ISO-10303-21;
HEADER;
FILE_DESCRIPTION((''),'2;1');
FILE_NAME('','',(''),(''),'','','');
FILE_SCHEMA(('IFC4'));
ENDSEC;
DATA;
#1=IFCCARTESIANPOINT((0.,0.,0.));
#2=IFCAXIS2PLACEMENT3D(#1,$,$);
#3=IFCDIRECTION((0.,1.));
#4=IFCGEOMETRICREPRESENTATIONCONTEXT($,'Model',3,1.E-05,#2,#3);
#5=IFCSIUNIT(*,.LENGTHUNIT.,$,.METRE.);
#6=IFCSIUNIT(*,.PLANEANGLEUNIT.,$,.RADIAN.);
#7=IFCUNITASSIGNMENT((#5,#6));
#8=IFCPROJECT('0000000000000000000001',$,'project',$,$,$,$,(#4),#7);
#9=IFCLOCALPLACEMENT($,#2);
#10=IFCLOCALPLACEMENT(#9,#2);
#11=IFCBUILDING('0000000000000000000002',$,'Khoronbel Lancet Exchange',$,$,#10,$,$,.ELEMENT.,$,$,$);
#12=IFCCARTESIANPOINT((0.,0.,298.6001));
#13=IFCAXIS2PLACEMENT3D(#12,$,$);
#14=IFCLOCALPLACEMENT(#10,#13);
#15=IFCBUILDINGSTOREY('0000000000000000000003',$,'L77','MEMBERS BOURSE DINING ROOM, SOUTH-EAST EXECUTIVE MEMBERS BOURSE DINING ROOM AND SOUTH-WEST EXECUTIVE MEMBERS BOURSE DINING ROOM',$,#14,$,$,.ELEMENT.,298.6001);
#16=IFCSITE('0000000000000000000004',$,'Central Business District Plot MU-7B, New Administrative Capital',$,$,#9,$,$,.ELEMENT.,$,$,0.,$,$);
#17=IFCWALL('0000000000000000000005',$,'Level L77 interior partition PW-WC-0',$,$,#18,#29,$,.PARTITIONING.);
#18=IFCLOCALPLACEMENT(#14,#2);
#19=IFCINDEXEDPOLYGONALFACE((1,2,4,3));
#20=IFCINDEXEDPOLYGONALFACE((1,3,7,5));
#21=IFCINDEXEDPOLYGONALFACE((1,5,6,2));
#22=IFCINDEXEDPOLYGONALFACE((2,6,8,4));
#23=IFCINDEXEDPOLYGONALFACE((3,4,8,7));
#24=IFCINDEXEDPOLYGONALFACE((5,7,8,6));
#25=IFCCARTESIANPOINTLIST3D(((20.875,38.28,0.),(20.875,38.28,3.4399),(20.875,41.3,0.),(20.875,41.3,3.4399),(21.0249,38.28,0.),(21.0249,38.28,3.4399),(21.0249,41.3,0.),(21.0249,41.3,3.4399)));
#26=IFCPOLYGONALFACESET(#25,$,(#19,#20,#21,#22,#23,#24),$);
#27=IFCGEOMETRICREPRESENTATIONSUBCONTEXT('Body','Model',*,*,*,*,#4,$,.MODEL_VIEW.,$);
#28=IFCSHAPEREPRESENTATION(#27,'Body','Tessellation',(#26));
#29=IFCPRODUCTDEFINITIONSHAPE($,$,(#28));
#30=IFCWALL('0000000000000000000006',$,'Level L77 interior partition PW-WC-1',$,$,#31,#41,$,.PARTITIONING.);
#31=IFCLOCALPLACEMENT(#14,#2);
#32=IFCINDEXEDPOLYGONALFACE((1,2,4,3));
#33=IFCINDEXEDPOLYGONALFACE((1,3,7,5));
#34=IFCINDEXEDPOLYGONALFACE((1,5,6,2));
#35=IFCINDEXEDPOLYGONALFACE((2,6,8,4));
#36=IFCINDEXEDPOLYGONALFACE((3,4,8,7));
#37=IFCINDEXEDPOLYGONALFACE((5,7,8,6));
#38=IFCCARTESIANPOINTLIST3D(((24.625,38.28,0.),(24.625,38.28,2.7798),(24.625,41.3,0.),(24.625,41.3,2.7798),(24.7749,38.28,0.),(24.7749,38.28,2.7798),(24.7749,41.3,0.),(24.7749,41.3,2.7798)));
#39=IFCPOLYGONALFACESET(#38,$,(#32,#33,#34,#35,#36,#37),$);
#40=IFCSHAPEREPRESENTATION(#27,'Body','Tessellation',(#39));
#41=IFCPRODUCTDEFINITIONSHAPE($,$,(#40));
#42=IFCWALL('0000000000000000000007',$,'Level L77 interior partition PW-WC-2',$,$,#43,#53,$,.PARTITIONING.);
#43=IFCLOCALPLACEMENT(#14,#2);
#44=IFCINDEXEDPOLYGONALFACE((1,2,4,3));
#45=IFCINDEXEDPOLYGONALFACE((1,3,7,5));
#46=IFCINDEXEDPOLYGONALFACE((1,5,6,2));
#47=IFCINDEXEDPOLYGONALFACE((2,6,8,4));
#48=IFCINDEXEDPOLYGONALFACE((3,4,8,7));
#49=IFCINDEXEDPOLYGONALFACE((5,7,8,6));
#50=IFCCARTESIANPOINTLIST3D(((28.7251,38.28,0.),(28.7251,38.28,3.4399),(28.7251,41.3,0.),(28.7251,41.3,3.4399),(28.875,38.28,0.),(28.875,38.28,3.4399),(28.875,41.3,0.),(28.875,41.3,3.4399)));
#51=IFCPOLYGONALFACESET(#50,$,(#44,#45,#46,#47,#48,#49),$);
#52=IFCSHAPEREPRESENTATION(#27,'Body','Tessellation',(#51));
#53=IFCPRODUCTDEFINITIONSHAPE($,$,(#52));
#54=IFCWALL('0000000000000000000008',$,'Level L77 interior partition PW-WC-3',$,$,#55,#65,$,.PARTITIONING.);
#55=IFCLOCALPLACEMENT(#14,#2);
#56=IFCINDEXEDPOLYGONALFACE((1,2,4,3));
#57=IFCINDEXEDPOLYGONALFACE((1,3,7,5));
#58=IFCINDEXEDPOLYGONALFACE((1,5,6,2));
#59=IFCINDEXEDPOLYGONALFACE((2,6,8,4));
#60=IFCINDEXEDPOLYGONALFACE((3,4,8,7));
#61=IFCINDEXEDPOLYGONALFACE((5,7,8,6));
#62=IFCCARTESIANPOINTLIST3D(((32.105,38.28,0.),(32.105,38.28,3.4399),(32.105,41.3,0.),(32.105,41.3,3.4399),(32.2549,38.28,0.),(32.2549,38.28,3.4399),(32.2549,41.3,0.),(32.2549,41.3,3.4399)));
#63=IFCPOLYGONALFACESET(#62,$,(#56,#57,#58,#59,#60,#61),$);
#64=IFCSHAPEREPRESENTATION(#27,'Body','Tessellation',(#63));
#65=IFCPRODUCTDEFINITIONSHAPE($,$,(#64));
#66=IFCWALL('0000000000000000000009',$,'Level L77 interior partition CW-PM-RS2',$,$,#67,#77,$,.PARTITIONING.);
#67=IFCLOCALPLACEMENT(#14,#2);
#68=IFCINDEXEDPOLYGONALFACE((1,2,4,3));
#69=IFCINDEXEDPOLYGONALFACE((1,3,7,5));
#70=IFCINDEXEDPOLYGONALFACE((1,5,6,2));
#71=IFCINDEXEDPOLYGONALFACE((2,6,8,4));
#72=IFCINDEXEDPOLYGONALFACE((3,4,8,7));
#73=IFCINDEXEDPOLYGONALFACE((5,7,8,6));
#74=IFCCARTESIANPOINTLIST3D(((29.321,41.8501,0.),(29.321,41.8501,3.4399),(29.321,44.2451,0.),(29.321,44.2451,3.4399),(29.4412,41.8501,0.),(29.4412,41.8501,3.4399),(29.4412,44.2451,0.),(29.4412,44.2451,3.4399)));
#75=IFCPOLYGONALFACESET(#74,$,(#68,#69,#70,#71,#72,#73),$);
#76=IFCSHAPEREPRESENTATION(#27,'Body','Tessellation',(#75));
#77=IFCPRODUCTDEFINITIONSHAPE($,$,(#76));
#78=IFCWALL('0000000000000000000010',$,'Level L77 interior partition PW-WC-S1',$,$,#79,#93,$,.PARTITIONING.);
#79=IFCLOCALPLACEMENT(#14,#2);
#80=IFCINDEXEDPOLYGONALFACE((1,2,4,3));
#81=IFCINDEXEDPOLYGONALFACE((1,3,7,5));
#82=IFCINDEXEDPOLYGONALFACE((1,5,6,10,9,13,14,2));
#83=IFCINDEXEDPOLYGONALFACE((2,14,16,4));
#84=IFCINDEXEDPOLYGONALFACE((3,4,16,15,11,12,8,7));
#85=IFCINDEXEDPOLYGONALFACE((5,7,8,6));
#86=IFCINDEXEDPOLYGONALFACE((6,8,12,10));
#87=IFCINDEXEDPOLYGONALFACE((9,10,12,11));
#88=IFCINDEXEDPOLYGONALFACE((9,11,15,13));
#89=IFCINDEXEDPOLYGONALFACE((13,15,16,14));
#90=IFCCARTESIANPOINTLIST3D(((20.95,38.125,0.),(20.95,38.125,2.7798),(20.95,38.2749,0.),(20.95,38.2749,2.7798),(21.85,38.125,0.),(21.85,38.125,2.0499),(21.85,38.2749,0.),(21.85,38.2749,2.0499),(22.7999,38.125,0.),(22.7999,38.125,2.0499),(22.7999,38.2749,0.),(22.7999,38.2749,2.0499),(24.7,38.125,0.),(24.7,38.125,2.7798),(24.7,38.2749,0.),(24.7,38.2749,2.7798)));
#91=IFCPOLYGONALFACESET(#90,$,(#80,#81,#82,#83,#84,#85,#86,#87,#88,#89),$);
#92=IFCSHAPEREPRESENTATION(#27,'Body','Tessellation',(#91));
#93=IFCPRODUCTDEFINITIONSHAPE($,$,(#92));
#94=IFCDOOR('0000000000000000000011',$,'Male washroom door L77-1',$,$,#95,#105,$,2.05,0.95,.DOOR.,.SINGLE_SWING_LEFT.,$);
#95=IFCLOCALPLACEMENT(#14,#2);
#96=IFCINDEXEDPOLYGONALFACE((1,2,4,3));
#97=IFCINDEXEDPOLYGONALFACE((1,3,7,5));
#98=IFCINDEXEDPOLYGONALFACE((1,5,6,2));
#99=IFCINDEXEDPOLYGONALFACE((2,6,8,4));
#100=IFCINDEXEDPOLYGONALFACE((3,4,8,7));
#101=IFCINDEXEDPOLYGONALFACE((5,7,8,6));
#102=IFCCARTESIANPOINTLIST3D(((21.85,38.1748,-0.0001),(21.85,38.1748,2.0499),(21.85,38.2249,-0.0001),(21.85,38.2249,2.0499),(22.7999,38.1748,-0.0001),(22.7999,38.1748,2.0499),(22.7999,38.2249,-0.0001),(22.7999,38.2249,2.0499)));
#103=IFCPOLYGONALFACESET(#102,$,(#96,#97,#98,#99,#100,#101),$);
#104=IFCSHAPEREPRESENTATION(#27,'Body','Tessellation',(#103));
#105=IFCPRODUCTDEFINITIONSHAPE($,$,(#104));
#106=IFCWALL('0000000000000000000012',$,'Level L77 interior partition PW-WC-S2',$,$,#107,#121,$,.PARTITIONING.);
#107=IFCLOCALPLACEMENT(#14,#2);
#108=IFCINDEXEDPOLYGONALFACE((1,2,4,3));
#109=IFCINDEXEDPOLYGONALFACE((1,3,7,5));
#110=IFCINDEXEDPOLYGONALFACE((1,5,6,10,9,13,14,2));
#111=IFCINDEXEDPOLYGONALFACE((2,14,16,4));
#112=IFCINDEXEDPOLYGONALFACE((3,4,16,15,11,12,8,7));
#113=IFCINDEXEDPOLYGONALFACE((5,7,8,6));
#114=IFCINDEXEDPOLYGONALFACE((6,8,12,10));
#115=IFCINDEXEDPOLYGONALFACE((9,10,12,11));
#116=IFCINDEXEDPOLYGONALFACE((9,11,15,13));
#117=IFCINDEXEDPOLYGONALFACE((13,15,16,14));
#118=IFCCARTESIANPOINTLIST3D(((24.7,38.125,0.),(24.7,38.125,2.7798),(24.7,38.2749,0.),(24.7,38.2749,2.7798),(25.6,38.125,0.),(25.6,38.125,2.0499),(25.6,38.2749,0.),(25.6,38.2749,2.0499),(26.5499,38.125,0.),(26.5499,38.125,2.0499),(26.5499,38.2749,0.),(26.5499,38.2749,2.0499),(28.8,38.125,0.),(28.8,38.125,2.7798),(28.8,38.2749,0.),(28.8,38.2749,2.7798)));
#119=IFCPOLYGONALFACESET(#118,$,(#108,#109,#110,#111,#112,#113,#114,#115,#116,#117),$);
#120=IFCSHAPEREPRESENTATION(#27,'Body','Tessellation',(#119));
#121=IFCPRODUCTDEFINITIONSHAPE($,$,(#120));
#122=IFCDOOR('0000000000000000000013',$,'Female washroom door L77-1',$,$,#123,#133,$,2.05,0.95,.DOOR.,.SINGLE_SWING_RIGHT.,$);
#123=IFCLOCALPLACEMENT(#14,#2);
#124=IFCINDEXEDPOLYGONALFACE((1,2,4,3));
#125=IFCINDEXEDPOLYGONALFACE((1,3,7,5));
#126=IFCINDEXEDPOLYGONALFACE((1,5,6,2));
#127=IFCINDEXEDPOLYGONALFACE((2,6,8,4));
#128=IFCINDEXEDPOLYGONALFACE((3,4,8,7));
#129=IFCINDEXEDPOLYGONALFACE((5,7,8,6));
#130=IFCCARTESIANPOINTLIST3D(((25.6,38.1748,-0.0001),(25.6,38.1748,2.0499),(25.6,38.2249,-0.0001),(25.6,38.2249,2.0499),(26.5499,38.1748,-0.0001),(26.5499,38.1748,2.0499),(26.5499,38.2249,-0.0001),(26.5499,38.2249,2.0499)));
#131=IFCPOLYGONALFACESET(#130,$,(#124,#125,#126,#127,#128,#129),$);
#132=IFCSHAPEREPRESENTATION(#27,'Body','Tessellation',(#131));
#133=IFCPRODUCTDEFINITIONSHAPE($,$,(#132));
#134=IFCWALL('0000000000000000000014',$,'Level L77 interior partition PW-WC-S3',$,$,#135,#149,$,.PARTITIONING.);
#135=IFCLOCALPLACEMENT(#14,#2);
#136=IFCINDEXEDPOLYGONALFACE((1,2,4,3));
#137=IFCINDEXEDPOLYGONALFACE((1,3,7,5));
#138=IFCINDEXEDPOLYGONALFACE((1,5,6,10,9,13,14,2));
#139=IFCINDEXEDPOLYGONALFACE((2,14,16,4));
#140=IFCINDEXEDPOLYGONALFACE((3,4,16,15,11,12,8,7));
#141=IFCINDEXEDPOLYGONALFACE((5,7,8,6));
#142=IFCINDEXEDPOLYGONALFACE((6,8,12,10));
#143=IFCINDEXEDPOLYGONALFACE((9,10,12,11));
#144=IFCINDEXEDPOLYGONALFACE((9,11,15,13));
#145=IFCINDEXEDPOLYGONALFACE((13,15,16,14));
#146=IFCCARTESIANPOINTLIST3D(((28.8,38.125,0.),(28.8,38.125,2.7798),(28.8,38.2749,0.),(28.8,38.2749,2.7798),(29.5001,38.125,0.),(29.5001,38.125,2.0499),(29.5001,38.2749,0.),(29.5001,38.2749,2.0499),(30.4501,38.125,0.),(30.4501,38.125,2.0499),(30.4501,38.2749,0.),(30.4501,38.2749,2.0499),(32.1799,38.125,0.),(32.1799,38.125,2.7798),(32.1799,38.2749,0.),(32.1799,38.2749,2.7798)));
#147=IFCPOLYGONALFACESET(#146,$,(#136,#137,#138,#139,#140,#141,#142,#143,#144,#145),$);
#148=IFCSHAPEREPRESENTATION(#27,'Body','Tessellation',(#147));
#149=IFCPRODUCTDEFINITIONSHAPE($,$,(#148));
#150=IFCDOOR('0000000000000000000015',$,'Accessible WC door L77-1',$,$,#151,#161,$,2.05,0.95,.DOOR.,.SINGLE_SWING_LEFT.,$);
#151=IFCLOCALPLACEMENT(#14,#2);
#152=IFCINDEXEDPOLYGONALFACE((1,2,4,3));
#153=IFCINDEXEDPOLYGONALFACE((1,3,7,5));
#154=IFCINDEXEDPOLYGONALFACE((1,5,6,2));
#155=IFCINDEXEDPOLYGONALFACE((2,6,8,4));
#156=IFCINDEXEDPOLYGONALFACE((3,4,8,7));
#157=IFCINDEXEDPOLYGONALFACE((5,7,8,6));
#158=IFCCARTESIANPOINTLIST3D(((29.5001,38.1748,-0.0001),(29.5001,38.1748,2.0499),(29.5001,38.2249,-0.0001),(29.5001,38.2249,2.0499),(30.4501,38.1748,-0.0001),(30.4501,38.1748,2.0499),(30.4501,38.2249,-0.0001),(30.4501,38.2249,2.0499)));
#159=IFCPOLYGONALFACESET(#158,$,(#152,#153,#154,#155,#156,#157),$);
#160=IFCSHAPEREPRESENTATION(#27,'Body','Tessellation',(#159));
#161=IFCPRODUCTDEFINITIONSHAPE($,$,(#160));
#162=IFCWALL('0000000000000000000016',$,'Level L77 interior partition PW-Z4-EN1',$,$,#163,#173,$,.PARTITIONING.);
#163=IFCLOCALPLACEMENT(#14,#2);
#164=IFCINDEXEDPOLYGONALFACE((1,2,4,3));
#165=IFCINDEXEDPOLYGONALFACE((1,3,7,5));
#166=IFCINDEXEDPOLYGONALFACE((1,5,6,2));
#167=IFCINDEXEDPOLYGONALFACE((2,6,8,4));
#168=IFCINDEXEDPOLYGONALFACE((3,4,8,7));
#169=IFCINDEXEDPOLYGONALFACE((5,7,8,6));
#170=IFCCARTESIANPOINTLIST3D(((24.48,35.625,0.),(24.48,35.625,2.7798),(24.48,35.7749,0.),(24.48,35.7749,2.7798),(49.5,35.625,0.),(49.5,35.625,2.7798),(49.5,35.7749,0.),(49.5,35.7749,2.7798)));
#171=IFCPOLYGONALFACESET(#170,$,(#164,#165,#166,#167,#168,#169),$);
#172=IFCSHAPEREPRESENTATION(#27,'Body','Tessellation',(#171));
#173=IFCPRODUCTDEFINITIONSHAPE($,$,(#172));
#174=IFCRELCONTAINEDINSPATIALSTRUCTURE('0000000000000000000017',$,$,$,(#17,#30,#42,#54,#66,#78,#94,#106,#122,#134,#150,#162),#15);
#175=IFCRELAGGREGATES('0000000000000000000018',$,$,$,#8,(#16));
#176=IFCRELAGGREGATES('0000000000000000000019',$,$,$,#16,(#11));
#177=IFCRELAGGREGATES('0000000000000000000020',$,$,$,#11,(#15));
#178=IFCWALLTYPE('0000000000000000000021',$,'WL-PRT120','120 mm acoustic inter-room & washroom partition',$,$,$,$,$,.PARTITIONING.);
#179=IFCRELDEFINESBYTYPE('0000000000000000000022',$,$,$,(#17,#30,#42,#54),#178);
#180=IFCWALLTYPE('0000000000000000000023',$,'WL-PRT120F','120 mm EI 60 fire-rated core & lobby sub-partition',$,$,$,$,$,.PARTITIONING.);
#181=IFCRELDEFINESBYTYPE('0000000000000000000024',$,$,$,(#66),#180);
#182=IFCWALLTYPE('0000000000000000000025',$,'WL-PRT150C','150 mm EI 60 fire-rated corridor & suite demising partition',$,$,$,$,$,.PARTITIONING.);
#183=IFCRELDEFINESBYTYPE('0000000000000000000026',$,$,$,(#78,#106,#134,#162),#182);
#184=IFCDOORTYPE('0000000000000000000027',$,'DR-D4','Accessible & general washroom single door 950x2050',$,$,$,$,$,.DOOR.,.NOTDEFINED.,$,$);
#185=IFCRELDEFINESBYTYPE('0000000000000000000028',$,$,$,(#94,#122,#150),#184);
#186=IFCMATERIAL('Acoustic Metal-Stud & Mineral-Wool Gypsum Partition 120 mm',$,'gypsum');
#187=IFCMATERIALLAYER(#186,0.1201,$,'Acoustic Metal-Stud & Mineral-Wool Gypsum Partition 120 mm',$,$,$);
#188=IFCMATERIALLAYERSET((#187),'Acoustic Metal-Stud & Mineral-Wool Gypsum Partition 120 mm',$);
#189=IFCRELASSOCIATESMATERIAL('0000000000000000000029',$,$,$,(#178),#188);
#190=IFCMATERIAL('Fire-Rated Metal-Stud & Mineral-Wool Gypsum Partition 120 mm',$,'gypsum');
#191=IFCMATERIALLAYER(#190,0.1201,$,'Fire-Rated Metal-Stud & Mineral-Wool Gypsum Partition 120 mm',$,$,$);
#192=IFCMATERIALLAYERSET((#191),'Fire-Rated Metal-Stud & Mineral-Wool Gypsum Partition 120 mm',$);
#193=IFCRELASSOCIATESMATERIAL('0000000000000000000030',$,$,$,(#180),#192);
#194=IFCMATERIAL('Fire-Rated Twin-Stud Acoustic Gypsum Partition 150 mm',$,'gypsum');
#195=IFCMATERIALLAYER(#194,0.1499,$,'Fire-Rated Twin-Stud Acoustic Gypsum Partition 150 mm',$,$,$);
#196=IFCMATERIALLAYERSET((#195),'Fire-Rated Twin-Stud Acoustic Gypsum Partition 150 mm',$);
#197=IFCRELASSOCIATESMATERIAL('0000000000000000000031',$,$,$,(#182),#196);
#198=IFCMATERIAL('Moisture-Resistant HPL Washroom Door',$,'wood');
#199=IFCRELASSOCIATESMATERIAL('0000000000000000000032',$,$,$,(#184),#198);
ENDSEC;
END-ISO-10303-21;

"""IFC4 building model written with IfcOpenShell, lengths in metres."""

from ifc_helpers import new_model, si_unit, direction, frame, frame_2d, origin, place, context, subcontext, project, spatial, rectangle, extrude, material, layer, layer_set, type_object, element, fill, save


model = new_model("IFC4")

# Units and contexts
model_context = context("Model", 3, precision=1e-05, world=origin(), true_north=direction((0.0, 1.0)))
body_context = subcontext(model_context, "Body", "Model", "MODEL_VIEW")
ifc_project = project(units=[si_unit("LENGTHUNIT", "METRE"), si_unit("PLANEANGLEUNIT", "RADIAN")], contexts=[model_context])

# Site, building, storey
site_placement = place(None, origin())
site = spatial("IfcSite", under=ifc_project, at=site_placement, Name="Central Business District Plot MU-7B, New Administrative Capital", CompositionType="ELEMENT", RefElevation=0.0)
building_placement = place(site_placement, origin())
building = spatial("IfcBuilding", under=site, at=building_placement, Name="Khoronbel Lancet Exchange", CompositionType="ELEMENT")
storey_placement = place(building_placement, frame((0.0, 0.0, 298.6001)))
storey = spatial("IfcBuildingStorey", under=building, at=storey_placement, Name="L77", Description="MEMBERS BOURSE DINING ROOM, SOUTH-EAST EXECUTIVE MEMBERS BOURSE DINING ROOM AND SOUTH-WEST EXECUTIVE MEMBERS BOURSE DINING ROOM", CompositionType="ELEMENT", Elevation=298.6001)

# Walls
ifc_material_1 = material(Name="Acoustic Metal-Stud & Mineral-Wool Gypsum Partition 120 mm", Category="gypsum")
ifc_layer_1 = layer(ifc_material_1, 0.1201, Name="Acoustic Metal-Stud & Mineral-Wool Gypsum Partition 120 mm")
ifc_layer_set_1 = layer_set([ifc_layer_1], Name="Acoustic Metal-Stud & Mineral-Wool Gypsum Partition 120 mm")
wall_type_1 = type_object("IfcWallType", Name="WL-PRT120", Description="120 mm acoustic inter-room & washroom partition", PredefinedType="PARTITIONING", material=ifc_layer_set_1)
wall_1_placement = place(storey_placement, frame((20.95, 38.28, 0.0), z_axis=(0.0, 0.0, 1.0), x_axis=(0.0, 1.0, 0.0)))
element("IfcWall", 1, at=wall_1_placement, inside=storey, type_object=wall_type_1, Name="Level L77 interior partition PW-WC-0", PredefinedType="PARTITIONING", context=body_context, shape_type="SweptSolid", body=[
    extrude(rectangle(XDim=3.02, YDim=0.1499, at=frame_2d((1.51, 0.0))), origin(), (0.0, 0.0, 1.0), 3.4399),
])
wall_2_placement = place(storey_placement, frame((24.7, 38.28, 0.0), z_axis=(0.0, 0.0, 1.0), x_axis=(0.0, 1.0, 0.0)))
element("IfcWall", 2, at=wall_2_placement, inside=storey, type_object=wall_type_1, Name="Level L77 interior partition PW-WC-1", PredefinedType="PARTITIONING", context=body_context, shape_type="SweptSolid", body=[
    extrude(rectangle(XDim=3.02, YDim=0.1499, at=frame_2d((1.51, 0.0))), origin(), (0.0, 0.0, 1.0), 2.7798),
])
for number, where, z_axis, x_axis, name in (
    (3, (28.8, 38.28, 0.0), (0.0, 0.0, 1.0), (0.0, 1.0, 0.0), "Level L77 interior partition PW-WC-2"),
    (4, (32.1799, 38.28, 0.0), (0.0, 0.0, 1.0), (0.0, 1.0, 0.0), "Level L77 interior partition PW-WC-3"),
):
    element("IfcWall", number, at=place(storey_placement, frame(where, z_axis=z_axis, x_axis=x_axis)), inside=storey, type_object=wall_type_1, Name=name, PredefinedType="PARTITIONING", context=body_context, shape_type="SweptSolid", body=[
        extrude(rectangle(XDim=3.02, YDim=0.1499, at=frame_2d((1.51, 0.0))), origin(), (0.0, 0.0, 1.0), 3.4399),
    ])
ifc_material_2 = material(Name="Fire-Rated Metal-Stud & Mineral-Wool Gypsum Partition 120 mm", Category="gypsum")
ifc_layer_2 = layer(ifc_material_2, 0.1201, Name="Fire-Rated Metal-Stud & Mineral-Wool Gypsum Partition 120 mm")
ifc_layer_set_2 = layer_set([ifc_layer_2], Name="Fire-Rated Metal-Stud & Mineral-Wool Gypsum Partition 120 mm")
wall_type_2 = type_object("IfcWallType", Name="WL-PRT120F", Description="120 mm EI 60 fire-rated core & lobby sub-partition", PredefinedType="PARTITIONING", material=ifc_layer_set_2)
wall_3_placement = place(storey_placement, frame((29.3811, 41.8501, 0.0), z_axis=(0.0, 0.0, 1.0), x_axis=(0.0, 1.0, 0.0)))
element("IfcWall", 5, at=wall_3_placement, inside=storey, type_object=wall_type_2, Name="Level L77 interior partition CW-PM-RS2", PredefinedType="PARTITIONING", context=body_context, shape_type="SweptSolid", body=[
    extrude(rectangle(XDim=2.395, YDim=0.1201, at=frame_2d((1.1975, 0.0))), origin(), (0.0, 0.0, 1.0), 3.4399),
])

# Walls, openings, doors
ifc_material_3 = material(Name="Fire-Rated Twin-Stud Acoustic Gypsum Partition 150 mm", Category="gypsum")
ifc_layer_3 = layer(ifc_material_3, 0.1499, Name="Fire-Rated Twin-Stud Acoustic Gypsum Partition 150 mm")
ifc_layer_set_3 = layer_set([ifc_layer_3], Name="Fire-Rated Twin-Stud Acoustic Gypsum Partition 150 mm")
wall_type_3 = type_object("IfcWallType", Name="WL-PRT150C", Description="150 mm EI 60 fire-rated corridor & suite demising partition", PredefinedType="PARTITIONING", material=ifc_layer_set_3)
wall_4_placement = place(storey_placement, frame((20.95, 38.2, 0.0), z_axis=(0.0, 0.0, 1.0), x_axis=(1.0, 0.0, 0.0)))
wall_4 = element("IfcWall", 6, at=wall_4_placement, inside=storey, type_object=wall_type_3, Name="Level L77 interior partition PW-WC-S1", PredefinedType="PARTITIONING", context=body_context, shape_type="SweptSolid", body=[
    extrude(rectangle(XDim=3.75, YDim=0.1499, at=frame_2d((1.875, 0.0))), origin(), (0.0, 0.0, 1.0), 2.7798),
])
opening_1_placement = place(wall_4_placement, frame((0.8999, 0.0, 0.0)))
opening_1 = element("IfcOpeningElement", 7, at=opening_1_placement, cuts=wall_4, PredefinedType="OPENING", context=body_context, shape_type="SweptSolid", body=[
    extrude(rectangle(XDim=0.95, YDim=2.05, at=frame_2d((0.4751, 1.0249))), frame((0.0, 0.085, 0.0), z_axis=(0.0, -1.0, 0.0), x_axis=(1.0, 0.0, 0.0)), (0.0, 0.0, 1.0), 0.1699),
])
ifc_material_4 = material(Name="Moisture-Resistant HPL Washroom Door", Category="wood")
door_type_1 = type_object("IfcDoorType", Name="DR-D4", Description="Accessible & general washroom single door 950x2050", OperationType="NOTDEFINED", PredefinedType="DOOR", material=ifc_material_4)
door_1_placement = place(opening_1_placement, origin())
door_1 = element("IfcDoor", 8, at=door_1_placement, inside=storey, type_object=door_type_1, Name="Male washroom door L77-1", OperationType="SINGLE_SWING_LEFT", OverallHeight=2.05, OverallWidth=0.95, PredefinedType="DOOR", context=body_context, shape_type="SweptSolid", body=[
    extrude(rectangle(XDim=0.95, YDim=2.05, at=frame_2d((0.4751, 1.0249))), frame((0.0, 0.0249, 0.0), z_axis=(0.0, -1.0, 0.0), x_axis=(1.0, 0.0, 0.0)), (0.0, 0.0, 1.0), 0.05),
])
fill(opening_1, door_1)
wall_5_placement = place(storey_placement, frame((24.7, 38.2, 0.0), z_axis=(0.0, 0.0, 1.0), x_axis=(1.0, 0.0, 0.0)))
wall_5 = element("IfcWall", 9, at=wall_5_placement, inside=storey, type_object=wall_type_3, Name="Level L77 interior partition PW-WC-S2", PredefinedType="PARTITIONING", context=body_context, shape_type="SweptSolid", body=[
    extrude(rectangle(XDim=4.1001, YDim=0.1499, at=frame_2d((2.05, 0.0))), origin(), (0.0, 0.0, 1.0), 2.7798),
])
opening_2_placement = place(wall_5_placement, frame((0.8999, 0.0, 0.0)))
opening_2 = element("IfcOpeningElement", 10, at=opening_2_placement, cuts=wall_5, PredefinedType="OPENING", context=body_context, shape_type="SweptSolid", body=[
    extrude(rectangle(XDim=0.95, YDim=2.05, at=frame_2d((0.4751, 1.0249))), frame((0.0, 0.085, 0.0), z_axis=(0.0, -1.0, 0.0), x_axis=(1.0, 0.0, 0.0)), (0.0, 0.0, 1.0), 0.1699),
])
door_2_placement = place(opening_2_placement, origin())
door_2 = element("IfcDoor", 11, at=door_2_placement, inside=storey, type_object=door_type_1, Name="Female washroom door L77-1", OperationType="SINGLE_SWING_RIGHT", OverallHeight=2.05, OverallWidth=0.95, PredefinedType="DOOR", context=body_context, shape_type="SweptSolid", body=[
    extrude(rectangle(XDim=0.95, YDim=2.05, at=frame_2d((0.4751, 1.0249))), frame((0.0, 0.0249, 0.0), z_axis=(0.0, -1.0, 0.0), x_axis=(1.0, 0.0, 0.0)), (0.0, 0.0, 1.0), 0.05),
])
fill(opening_2, door_2)
wall_6_placement = place(storey_placement, frame((28.8, 38.2, 0.0), z_axis=(0.0, 0.0, 1.0), x_axis=(1.0, 0.0, 0.0)))
wall_6 = element("IfcWall", 12, at=wall_6_placement, inside=storey, type_object=wall_type_3, Name="Level L77 interior partition PW-WC-S3", PredefinedType="PARTITIONING", context=body_context, shape_type="SweptSolid", body=[
    extrude(rectangle(XDim=3.3799, YDim=0.1499, at=frame_2d((1.6899, 0.0))), origin(), (0.0, 0.0, 1.0), 2.7798),
])
opening_3_placement = place(wall_6_placement, frame((0.7, 0.0, 0.0)))
opening_3 = element("IfcOpeningElement", 13, at=opening_3_placement, cuts=wall_6, PredefinedType="OPENING", context=body_context, shape_type="SweptSolid", body=[
    extrude(rectangle(XDim=0.95, YDim=2.05, at=frame_2d((0.4751, 1.0249))), frame((0.0, 0.085, 0.0), z_axis=(0.0, -1.0, 0.0), x_axis=(1.0, 0.0, 0.0)), (0.0, 0.0, 1.0), 0.1699),
])
door_3_placement = place(opening_3_placement, origin())
door_3 = element("IfcDoor", 14, at=door_3_placement, inside=storey, type_object=door_type_1, Name="Accessible WC door L77-1", OperationType="SINGLE_SWING_LEFT", OverallHeight=2.05, OverallWidth=0.95, PredefinedType="DOOR", context=body_context, shape_type="SweptSolid", body=[
    extrude(rectangle(XDim=0.95, YDim=2.05, at=frame_2d((0.4751, 1.0249))), frame((0.0, 0.0249, 0.0), z_axis=(0.0, -1.0, 0.0), x_axis=(1.0, 0.0, 0.0)), (0.0, 0.0, 1.0), 0.05),
])
fill(opening_3, door_3)

# Wall
wall_7_placement = place(storey_placement, frame((24.48, 35.7, 0.0), z_axis=(0.0, 0.0, 1.0), x_axis=(1.0, 0.0, 0.0)))
element("IfcWall", 15, at=wall_7_placement, inside=storey, type_object=wall_type_3, Name="Level L77 interior partition PW-Z4-EN1", PredefinedType="PARTITIONING", context=body_context, shape_type="SweptSolid", body=[
    extrude(rectangle(XDim=25.02, YDim=0.1499, at=frame_2d((12.51, 0.0))), origin(), (0.0, 0.0, 1.0), 2.7798),
])

save(model, "model.ifc")
